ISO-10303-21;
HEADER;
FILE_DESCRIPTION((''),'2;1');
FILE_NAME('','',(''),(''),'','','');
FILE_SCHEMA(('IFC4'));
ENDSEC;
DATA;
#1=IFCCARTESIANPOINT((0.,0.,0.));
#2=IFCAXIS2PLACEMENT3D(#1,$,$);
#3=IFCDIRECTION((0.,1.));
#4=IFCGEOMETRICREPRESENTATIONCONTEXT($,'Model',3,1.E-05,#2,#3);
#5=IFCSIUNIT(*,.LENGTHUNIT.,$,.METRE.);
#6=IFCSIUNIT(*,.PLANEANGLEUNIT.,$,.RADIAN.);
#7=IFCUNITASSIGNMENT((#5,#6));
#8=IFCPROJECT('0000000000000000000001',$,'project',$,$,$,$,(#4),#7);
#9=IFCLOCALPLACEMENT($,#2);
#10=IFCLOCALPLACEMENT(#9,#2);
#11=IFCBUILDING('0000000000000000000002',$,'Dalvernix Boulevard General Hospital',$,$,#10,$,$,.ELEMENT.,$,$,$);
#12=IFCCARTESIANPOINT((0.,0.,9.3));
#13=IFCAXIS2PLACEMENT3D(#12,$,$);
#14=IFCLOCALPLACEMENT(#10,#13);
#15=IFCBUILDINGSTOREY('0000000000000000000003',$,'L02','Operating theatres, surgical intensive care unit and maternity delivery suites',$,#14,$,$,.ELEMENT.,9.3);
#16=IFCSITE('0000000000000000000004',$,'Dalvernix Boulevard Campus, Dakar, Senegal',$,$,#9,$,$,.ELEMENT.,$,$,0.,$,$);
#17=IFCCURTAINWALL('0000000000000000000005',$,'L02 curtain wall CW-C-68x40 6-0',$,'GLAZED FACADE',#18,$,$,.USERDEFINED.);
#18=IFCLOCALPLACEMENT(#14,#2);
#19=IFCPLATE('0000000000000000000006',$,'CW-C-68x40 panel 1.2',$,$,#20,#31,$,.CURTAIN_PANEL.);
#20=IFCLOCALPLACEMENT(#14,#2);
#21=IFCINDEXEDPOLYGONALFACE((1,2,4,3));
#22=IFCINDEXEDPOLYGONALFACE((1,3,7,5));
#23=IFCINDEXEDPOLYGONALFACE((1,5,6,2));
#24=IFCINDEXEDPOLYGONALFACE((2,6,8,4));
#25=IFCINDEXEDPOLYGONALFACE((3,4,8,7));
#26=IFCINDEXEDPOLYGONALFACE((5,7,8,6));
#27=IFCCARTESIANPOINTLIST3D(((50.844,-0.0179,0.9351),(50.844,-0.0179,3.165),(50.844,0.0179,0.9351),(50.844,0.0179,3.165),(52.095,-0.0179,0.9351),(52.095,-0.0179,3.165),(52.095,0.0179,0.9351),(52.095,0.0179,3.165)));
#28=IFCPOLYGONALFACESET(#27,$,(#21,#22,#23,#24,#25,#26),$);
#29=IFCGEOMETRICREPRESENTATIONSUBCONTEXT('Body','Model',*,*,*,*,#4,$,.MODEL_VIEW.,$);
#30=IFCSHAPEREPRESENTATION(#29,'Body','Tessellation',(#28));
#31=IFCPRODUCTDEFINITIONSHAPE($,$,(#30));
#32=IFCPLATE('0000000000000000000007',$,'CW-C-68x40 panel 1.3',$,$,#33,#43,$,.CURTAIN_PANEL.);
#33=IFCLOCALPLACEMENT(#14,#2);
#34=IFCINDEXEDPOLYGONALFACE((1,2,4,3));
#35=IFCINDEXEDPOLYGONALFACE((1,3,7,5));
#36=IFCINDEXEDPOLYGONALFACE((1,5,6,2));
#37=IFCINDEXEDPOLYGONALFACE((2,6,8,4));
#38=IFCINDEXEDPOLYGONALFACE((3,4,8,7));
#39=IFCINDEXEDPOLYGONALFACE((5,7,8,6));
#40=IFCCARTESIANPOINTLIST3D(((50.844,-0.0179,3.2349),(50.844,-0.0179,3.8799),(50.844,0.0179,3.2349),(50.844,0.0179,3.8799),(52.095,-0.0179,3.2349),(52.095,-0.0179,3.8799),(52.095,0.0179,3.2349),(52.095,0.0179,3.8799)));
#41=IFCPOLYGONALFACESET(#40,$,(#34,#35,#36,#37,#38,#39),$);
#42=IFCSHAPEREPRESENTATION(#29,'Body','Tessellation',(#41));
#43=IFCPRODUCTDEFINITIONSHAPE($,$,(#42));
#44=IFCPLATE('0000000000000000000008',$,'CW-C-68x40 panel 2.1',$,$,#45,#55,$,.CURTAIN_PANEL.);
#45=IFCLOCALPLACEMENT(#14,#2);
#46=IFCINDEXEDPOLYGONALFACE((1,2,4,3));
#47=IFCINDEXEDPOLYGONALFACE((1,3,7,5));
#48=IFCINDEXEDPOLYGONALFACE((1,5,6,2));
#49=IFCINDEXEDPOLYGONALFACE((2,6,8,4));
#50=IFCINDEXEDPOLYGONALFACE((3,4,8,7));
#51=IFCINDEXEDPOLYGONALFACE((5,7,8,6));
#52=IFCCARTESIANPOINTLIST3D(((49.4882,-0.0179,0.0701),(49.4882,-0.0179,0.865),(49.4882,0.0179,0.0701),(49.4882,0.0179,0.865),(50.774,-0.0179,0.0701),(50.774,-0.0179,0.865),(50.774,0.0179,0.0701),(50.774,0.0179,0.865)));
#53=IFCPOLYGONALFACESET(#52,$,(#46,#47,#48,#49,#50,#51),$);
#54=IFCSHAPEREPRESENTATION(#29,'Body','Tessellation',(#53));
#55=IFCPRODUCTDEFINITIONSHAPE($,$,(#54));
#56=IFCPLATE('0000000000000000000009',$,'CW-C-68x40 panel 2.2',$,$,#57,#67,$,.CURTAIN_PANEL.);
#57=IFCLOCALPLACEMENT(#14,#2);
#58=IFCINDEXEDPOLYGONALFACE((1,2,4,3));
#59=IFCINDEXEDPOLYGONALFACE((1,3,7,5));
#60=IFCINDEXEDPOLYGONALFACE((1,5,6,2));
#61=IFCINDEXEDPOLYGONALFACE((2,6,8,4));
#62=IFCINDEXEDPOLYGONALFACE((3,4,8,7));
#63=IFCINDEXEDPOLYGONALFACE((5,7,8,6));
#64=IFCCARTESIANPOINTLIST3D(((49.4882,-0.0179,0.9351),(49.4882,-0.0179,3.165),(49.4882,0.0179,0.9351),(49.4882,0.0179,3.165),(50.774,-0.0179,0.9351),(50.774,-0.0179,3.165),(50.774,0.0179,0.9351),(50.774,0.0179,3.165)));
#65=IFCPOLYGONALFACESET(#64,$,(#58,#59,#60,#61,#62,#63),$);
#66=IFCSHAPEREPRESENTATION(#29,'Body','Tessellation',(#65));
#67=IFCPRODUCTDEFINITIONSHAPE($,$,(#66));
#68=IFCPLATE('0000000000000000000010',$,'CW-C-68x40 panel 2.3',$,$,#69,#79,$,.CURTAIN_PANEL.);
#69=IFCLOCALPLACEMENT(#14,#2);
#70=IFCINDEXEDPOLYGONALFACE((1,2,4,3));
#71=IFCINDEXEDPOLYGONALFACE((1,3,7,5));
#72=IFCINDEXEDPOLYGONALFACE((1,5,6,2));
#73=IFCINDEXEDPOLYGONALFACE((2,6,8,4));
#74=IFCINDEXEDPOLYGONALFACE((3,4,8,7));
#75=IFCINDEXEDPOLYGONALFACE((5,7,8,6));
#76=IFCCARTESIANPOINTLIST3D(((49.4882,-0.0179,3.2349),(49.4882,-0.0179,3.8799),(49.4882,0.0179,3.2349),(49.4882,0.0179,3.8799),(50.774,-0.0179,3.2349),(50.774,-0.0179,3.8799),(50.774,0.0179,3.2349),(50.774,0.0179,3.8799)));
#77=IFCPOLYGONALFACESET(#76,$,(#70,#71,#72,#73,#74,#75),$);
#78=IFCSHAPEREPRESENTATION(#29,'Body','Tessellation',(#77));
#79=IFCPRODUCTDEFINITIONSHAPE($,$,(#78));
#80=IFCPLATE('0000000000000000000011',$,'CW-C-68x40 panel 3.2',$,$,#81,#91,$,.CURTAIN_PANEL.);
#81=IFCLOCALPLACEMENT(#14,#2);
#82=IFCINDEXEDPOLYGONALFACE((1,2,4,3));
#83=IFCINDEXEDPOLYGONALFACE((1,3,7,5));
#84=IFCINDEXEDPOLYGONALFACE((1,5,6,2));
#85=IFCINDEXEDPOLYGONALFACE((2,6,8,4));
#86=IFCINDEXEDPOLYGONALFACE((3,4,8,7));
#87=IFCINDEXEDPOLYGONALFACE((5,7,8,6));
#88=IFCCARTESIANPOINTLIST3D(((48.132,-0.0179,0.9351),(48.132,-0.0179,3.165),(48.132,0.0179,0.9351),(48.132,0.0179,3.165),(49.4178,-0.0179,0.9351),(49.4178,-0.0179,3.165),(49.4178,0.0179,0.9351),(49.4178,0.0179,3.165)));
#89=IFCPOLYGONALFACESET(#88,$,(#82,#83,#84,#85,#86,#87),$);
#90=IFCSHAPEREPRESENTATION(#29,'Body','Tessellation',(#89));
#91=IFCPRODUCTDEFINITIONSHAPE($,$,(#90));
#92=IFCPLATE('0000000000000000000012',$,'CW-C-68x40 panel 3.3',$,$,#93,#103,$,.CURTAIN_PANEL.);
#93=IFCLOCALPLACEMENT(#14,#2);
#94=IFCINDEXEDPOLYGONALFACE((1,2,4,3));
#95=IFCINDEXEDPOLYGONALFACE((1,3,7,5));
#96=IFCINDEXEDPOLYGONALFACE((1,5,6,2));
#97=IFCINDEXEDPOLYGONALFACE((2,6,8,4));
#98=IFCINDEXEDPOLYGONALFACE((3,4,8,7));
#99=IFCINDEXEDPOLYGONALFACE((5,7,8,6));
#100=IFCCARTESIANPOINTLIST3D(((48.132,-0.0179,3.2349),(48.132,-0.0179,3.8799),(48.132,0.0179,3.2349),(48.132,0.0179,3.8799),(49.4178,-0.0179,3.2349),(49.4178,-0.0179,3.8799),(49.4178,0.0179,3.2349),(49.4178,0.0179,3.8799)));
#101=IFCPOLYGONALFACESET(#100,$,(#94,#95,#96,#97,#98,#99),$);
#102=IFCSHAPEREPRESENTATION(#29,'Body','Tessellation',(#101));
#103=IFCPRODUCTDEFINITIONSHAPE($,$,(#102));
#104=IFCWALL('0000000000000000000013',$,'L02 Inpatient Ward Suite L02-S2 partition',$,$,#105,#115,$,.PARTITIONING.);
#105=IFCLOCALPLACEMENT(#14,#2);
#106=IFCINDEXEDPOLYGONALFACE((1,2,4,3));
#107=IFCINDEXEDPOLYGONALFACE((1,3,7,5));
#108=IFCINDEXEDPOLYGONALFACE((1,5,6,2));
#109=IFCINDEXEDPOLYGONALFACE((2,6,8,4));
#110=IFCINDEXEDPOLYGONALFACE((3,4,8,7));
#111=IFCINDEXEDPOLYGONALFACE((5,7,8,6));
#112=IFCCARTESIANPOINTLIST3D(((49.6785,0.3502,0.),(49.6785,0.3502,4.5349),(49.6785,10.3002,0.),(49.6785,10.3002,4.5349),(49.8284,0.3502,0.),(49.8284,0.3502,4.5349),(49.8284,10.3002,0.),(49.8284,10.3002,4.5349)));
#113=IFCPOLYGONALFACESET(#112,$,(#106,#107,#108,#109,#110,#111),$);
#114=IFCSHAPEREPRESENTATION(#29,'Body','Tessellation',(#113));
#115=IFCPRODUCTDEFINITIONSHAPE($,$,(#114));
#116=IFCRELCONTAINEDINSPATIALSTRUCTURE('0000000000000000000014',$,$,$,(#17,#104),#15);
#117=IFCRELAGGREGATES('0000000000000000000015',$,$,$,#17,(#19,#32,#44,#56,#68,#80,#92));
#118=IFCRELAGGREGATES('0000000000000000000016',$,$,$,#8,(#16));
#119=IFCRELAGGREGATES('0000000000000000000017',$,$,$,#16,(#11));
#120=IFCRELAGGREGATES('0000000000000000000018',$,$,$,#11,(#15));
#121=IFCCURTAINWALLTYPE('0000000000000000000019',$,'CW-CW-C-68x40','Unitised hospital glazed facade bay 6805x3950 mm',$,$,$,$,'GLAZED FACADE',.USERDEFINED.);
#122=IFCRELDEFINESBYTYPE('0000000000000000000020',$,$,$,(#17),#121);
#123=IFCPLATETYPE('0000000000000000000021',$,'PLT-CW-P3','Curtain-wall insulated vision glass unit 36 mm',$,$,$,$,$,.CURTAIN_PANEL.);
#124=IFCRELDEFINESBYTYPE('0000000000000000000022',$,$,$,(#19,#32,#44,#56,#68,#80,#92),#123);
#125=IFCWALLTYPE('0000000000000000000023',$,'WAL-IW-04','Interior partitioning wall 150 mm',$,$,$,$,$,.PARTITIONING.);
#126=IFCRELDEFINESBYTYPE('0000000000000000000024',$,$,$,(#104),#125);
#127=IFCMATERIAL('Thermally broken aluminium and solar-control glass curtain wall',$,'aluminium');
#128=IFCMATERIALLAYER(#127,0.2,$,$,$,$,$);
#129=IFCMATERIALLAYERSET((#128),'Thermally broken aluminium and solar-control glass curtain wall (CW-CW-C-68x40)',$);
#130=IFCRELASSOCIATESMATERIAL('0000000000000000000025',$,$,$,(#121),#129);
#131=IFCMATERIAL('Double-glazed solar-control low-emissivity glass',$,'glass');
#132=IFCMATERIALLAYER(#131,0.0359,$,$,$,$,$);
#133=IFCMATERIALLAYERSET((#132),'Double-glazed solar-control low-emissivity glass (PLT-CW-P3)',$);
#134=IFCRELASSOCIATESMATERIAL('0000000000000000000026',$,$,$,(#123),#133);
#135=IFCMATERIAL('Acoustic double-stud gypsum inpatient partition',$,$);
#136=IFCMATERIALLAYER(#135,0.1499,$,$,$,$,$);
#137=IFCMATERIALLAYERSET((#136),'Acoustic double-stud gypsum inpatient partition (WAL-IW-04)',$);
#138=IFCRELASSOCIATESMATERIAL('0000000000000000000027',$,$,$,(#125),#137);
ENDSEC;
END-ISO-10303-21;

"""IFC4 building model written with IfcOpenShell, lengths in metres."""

from ifc_helpers import new_model, si_unit, direction, frame, frame_2d, origin, origin_2d, place, context, subcontext, project, spatial, rectangle, extrude, material, layer, layer_set, type_object, element, aggregate, save


model = new_model("IFC4")

# Units and contexts
model_context = context("Model", 3, precision=1e-05, world=origin(), true_north=direction((0.0, 1.0)))
body_context = subcontext(model_context, "Body", "Model", "MODEL_VIEW")
ifc_project = project(units=[si_unit("LENGTHUNIT", "METRE"), si_unit("PLANEANGLEUNIT", "RADIAN")], contexts=[model_context])

# Site, building, storey
site_placement = place(None, origin())
site = spatial("IfcSite", under=ifc_project, at=site_placement, Name="Dalvernix Boulevard Campus, Dakar, Senegal", CompositionType="ELEMENT", RefElevation=0.0)
building_placement = place(site_placement, origin())
building = spatial("IfcBuilding", under=site, at=building_placement, Name="Dalvernix Boulevard General Hospital", CompositionType="ELEMENT")
storey_placement = place(building_placement, frame((0.0, 0.0, 9.3)))
storey = spatial("IfcBuildingStorey", under=building, at=storey_placement, Name="L02", Description="Operating theatres, surgical intensive care unit and maternity delivery suites", CompositionType="ELEMENT", Elevation=9.3)

# Curtain wall, plates
ifc_material_1 = material(Name="Thermally broken aluminium and solar-control glass curtain wall", Category="aluminium")
ifc_layer_1 = layer(ifc_material_1, 0.2)
ifc_layer_set_1 = layer_set([ifc_layer_1], Name="Thermally broken aluminium and solar-control glass curtain wall (CW-CW-C-68x40)")
curtain_wall_type = type_object("IfcCurtainWallType", Name="CW-CW-C-68x40", Description="Unitised hospital glazed facade bay 6805x3950 mm", ElementType="GLAZED FACADE", PredefinedType="USERDEFINED", material=ifc_layer_set_1)
curtain_wall_placement = place(storey_placement, origin())
curtain_wall = element("IfcCurtainWall", 1, at=curtain_wall_placement, inside=storey, type_object=curtain_wall_type, Name="L02 curtain wall CW-C-68x40 6-0", ObjectType="GLAZED FACADE", PredefinedType="USERDEFINED")
ifc_material_2 = material(Name="Double-glazed solar-control low-emissivity glass", Category="glass")
ifc_layer_2 = layer(ifc_material_2, 0.0359)
ifc_layer_set_2 = layer_set([ifc_layer_2], Name="Double-glazed solar-control low-emissivity glass (PLT-CW-P3)")
plate_type = type_object("IfcPlateType", Name="PLT-CW-P3", Description="Curtain-wall insulated vision glass unit 36 mm", PredefinedType="CURTAIN_PANEL", material=ifc_layer_set_2)
plate_1_placement = place(storey_placement, frame((51.4695, 0.0, 0.9351), z_axis=(0.0, 0.0, 1.0), x_axis=(-1.0, 0.0, 0.0)))
plate_1 = element("IfcPlate", 2, at=plate_1_placement, type_object=plate_type, Name="CW-C-68x40 panel 1.2", PredefinedType="CURTAIN_PANEL", context=body_context, shape_type="SweptSolid", body=[
    extrude(rectangle(XDim=1.251, YDim=0.0359, at=origin_2d()), origin(), (0.0, 0.0, 1.0), 2.23),
])
plate_2_placement = place(storey_placement, frame((51.4695, 0.0, 3.2349), z_axis=(0.0, 0.0, 1.0), x_axis=(-1.0, 0.0, 0.0)))
plate_2 = element("IfcPlate", 3, at=plate_2_placement, type_object=plate_type, Name="CW-C-68x40 panel 1.3", PredefinedType="CURTAIN_PANEL", context=body_context, shape_type="SweptSolid", body=[
    extrude(rectangle(XDim=1.251, YDim=0.0359, at=origin_2d()), origin(), (0.0, 0.0, 1.0), 0.645),
])
plate_3_placement = place(storey_placement, frame((50.1311, 0.0, 0.0701), z_axis=(0.0, 0.0, 1.0), x_axis=(-1.0, 0.0, 0.0)))
plate_3 = element("IfcPlate", 4, at=plate_3_placement, type_object=plate_type, Name="CW-C-68x40 panel 2.1", PredefinedType="CURTAIN_PANEL", context=body_context, shape_type="SweptSolid", body=[
    extrude(rectangle(XDim=1.2859, YDim=0.0359, at=origin_2d()), origin(), (0.0, 0.0, 1.0), 0.7949),
])
plate_4_placement = place(storey_placement, frame((50.1311, 0.0, 0.9351), z_axis=(0.0, 0.0, 1.0), x_axis=(-1.0, 0.0, 0.0)))
plate_4 = element("IfcPlate", 5, at=plate_4_placement, type_object=plate_type, Name="CW-C-68x40 panel 2.2", PredefinedType="CURTAIN_PANEL", context=body_context, shape_type="SweptSolid", body=[
    extrude(rectangle(XDim=1.2859, YDim=0.0359, at=origin_2d()), origin(), (0.0, 0.0, 1.0), 2.23),
])
plate_5_placement = place(storey_placement, frame((50.1311, 0.0, 3.2349), z_axis=(0.0, 0.0, 1.0), x_axis=(-1.0, 0.0, 0.0)))
plate_5 = element("IfcPlate", 6, at=plate_5_placement, type_object=plate_type, Name="CW-C-68x40 panel 2.3", PredefinedType="CURTAIN_PANEL", context=body_context, shape_type="SweptSolid", body=[
    extrude(rectangle(XDim=1.2859, YDim=0.0359, at=origin_2d()), origin(), (0.0, 0.0, 1.0), 0.645),
])
plate_6_placement = place(storey_placement, frame((48.7749, 0.0, 0.9351), z_axis=(0.0, 0.0, 1.0), x_axis=(-1.0, 0.0, 0.0)))
plate_6 = element("IfcPlate", 7, at=plate_6_placement, type_object=plate_type, Name="CW-C-68x40 panel 3.2", PredefinedType="CURTAIN_PANEL", context=body_context, shape_type="SweptSolid", body=[
    extrude(rectangle(XDim=1.2859, YDim=0.0359, at=origin_2d()), origin(), (0.0, 0.0, 1.0), 2.23),
])
plate_7_placement = place(storey_placement, frame((48.7749, 0.0, 3.2349), z_axis=(0.0, 0.0, 1.0), x_axis=(-1.0, 0.0, 0.0)))
plate_7 = element("IfcPlate", 8, at=plate_7_placement, type_object=plate_type, Name="CW-C-68x40 panel 3.3", PredefinedType="CURTAIN_PANEL", context=body_context, shape_type="SweptSolid", body=[
    extrude(rectangle(XDim=1.2859, YDim=0.0359, at=origin_2d()), origin(), (0.0, 0.0, 1.0), 0.645),
])
aggregate(curtain_wall, [plate_1, plate_2, plate_3, plate_4, plate_5, plate_6, plate_7])

# Wall
ifc_material_3 = material(Name="Acoustic double-stud gypsum inpatient partition")
ifc_layer_3 = layer(ifc_material_3, 0.1499)
ifc_layer_set_3 = layer_set([ifc_layer_3], Name="Acoustic double-stud gypsum inpatient partition (WAL-IW-04)")
wall_type = type_object("IfcWallType", Name="WAL-IW-04", Description="Interior partitioning wall 150 mm", PredefinedType="PARTITIONING", material=ifc_layer_set_3)
wall_placement = place(storey_placement, frame((49.7534, 0.3501, 0.0), z_axis=(0.0, 0.0, 1.0), x_axis=(0.0, 1.0, 0.0)))
element("IfcWall", 9, at=wall_placement, inside=storey, type_object=wall_type, Name="L02 Inpatient Ward Suite L02-S2 partition", PredefinedType="PARTITIONING", context=body_context, shape_type="SweptSolid", body=[
    extrude(rectangle(XDim=9.95, YDim=0.1499, at=frame_2d((4.9751, 0.0))), origin(), (0.0, 0.0, 1.0), 4.5349),
])

save(model, "model.ifc")
